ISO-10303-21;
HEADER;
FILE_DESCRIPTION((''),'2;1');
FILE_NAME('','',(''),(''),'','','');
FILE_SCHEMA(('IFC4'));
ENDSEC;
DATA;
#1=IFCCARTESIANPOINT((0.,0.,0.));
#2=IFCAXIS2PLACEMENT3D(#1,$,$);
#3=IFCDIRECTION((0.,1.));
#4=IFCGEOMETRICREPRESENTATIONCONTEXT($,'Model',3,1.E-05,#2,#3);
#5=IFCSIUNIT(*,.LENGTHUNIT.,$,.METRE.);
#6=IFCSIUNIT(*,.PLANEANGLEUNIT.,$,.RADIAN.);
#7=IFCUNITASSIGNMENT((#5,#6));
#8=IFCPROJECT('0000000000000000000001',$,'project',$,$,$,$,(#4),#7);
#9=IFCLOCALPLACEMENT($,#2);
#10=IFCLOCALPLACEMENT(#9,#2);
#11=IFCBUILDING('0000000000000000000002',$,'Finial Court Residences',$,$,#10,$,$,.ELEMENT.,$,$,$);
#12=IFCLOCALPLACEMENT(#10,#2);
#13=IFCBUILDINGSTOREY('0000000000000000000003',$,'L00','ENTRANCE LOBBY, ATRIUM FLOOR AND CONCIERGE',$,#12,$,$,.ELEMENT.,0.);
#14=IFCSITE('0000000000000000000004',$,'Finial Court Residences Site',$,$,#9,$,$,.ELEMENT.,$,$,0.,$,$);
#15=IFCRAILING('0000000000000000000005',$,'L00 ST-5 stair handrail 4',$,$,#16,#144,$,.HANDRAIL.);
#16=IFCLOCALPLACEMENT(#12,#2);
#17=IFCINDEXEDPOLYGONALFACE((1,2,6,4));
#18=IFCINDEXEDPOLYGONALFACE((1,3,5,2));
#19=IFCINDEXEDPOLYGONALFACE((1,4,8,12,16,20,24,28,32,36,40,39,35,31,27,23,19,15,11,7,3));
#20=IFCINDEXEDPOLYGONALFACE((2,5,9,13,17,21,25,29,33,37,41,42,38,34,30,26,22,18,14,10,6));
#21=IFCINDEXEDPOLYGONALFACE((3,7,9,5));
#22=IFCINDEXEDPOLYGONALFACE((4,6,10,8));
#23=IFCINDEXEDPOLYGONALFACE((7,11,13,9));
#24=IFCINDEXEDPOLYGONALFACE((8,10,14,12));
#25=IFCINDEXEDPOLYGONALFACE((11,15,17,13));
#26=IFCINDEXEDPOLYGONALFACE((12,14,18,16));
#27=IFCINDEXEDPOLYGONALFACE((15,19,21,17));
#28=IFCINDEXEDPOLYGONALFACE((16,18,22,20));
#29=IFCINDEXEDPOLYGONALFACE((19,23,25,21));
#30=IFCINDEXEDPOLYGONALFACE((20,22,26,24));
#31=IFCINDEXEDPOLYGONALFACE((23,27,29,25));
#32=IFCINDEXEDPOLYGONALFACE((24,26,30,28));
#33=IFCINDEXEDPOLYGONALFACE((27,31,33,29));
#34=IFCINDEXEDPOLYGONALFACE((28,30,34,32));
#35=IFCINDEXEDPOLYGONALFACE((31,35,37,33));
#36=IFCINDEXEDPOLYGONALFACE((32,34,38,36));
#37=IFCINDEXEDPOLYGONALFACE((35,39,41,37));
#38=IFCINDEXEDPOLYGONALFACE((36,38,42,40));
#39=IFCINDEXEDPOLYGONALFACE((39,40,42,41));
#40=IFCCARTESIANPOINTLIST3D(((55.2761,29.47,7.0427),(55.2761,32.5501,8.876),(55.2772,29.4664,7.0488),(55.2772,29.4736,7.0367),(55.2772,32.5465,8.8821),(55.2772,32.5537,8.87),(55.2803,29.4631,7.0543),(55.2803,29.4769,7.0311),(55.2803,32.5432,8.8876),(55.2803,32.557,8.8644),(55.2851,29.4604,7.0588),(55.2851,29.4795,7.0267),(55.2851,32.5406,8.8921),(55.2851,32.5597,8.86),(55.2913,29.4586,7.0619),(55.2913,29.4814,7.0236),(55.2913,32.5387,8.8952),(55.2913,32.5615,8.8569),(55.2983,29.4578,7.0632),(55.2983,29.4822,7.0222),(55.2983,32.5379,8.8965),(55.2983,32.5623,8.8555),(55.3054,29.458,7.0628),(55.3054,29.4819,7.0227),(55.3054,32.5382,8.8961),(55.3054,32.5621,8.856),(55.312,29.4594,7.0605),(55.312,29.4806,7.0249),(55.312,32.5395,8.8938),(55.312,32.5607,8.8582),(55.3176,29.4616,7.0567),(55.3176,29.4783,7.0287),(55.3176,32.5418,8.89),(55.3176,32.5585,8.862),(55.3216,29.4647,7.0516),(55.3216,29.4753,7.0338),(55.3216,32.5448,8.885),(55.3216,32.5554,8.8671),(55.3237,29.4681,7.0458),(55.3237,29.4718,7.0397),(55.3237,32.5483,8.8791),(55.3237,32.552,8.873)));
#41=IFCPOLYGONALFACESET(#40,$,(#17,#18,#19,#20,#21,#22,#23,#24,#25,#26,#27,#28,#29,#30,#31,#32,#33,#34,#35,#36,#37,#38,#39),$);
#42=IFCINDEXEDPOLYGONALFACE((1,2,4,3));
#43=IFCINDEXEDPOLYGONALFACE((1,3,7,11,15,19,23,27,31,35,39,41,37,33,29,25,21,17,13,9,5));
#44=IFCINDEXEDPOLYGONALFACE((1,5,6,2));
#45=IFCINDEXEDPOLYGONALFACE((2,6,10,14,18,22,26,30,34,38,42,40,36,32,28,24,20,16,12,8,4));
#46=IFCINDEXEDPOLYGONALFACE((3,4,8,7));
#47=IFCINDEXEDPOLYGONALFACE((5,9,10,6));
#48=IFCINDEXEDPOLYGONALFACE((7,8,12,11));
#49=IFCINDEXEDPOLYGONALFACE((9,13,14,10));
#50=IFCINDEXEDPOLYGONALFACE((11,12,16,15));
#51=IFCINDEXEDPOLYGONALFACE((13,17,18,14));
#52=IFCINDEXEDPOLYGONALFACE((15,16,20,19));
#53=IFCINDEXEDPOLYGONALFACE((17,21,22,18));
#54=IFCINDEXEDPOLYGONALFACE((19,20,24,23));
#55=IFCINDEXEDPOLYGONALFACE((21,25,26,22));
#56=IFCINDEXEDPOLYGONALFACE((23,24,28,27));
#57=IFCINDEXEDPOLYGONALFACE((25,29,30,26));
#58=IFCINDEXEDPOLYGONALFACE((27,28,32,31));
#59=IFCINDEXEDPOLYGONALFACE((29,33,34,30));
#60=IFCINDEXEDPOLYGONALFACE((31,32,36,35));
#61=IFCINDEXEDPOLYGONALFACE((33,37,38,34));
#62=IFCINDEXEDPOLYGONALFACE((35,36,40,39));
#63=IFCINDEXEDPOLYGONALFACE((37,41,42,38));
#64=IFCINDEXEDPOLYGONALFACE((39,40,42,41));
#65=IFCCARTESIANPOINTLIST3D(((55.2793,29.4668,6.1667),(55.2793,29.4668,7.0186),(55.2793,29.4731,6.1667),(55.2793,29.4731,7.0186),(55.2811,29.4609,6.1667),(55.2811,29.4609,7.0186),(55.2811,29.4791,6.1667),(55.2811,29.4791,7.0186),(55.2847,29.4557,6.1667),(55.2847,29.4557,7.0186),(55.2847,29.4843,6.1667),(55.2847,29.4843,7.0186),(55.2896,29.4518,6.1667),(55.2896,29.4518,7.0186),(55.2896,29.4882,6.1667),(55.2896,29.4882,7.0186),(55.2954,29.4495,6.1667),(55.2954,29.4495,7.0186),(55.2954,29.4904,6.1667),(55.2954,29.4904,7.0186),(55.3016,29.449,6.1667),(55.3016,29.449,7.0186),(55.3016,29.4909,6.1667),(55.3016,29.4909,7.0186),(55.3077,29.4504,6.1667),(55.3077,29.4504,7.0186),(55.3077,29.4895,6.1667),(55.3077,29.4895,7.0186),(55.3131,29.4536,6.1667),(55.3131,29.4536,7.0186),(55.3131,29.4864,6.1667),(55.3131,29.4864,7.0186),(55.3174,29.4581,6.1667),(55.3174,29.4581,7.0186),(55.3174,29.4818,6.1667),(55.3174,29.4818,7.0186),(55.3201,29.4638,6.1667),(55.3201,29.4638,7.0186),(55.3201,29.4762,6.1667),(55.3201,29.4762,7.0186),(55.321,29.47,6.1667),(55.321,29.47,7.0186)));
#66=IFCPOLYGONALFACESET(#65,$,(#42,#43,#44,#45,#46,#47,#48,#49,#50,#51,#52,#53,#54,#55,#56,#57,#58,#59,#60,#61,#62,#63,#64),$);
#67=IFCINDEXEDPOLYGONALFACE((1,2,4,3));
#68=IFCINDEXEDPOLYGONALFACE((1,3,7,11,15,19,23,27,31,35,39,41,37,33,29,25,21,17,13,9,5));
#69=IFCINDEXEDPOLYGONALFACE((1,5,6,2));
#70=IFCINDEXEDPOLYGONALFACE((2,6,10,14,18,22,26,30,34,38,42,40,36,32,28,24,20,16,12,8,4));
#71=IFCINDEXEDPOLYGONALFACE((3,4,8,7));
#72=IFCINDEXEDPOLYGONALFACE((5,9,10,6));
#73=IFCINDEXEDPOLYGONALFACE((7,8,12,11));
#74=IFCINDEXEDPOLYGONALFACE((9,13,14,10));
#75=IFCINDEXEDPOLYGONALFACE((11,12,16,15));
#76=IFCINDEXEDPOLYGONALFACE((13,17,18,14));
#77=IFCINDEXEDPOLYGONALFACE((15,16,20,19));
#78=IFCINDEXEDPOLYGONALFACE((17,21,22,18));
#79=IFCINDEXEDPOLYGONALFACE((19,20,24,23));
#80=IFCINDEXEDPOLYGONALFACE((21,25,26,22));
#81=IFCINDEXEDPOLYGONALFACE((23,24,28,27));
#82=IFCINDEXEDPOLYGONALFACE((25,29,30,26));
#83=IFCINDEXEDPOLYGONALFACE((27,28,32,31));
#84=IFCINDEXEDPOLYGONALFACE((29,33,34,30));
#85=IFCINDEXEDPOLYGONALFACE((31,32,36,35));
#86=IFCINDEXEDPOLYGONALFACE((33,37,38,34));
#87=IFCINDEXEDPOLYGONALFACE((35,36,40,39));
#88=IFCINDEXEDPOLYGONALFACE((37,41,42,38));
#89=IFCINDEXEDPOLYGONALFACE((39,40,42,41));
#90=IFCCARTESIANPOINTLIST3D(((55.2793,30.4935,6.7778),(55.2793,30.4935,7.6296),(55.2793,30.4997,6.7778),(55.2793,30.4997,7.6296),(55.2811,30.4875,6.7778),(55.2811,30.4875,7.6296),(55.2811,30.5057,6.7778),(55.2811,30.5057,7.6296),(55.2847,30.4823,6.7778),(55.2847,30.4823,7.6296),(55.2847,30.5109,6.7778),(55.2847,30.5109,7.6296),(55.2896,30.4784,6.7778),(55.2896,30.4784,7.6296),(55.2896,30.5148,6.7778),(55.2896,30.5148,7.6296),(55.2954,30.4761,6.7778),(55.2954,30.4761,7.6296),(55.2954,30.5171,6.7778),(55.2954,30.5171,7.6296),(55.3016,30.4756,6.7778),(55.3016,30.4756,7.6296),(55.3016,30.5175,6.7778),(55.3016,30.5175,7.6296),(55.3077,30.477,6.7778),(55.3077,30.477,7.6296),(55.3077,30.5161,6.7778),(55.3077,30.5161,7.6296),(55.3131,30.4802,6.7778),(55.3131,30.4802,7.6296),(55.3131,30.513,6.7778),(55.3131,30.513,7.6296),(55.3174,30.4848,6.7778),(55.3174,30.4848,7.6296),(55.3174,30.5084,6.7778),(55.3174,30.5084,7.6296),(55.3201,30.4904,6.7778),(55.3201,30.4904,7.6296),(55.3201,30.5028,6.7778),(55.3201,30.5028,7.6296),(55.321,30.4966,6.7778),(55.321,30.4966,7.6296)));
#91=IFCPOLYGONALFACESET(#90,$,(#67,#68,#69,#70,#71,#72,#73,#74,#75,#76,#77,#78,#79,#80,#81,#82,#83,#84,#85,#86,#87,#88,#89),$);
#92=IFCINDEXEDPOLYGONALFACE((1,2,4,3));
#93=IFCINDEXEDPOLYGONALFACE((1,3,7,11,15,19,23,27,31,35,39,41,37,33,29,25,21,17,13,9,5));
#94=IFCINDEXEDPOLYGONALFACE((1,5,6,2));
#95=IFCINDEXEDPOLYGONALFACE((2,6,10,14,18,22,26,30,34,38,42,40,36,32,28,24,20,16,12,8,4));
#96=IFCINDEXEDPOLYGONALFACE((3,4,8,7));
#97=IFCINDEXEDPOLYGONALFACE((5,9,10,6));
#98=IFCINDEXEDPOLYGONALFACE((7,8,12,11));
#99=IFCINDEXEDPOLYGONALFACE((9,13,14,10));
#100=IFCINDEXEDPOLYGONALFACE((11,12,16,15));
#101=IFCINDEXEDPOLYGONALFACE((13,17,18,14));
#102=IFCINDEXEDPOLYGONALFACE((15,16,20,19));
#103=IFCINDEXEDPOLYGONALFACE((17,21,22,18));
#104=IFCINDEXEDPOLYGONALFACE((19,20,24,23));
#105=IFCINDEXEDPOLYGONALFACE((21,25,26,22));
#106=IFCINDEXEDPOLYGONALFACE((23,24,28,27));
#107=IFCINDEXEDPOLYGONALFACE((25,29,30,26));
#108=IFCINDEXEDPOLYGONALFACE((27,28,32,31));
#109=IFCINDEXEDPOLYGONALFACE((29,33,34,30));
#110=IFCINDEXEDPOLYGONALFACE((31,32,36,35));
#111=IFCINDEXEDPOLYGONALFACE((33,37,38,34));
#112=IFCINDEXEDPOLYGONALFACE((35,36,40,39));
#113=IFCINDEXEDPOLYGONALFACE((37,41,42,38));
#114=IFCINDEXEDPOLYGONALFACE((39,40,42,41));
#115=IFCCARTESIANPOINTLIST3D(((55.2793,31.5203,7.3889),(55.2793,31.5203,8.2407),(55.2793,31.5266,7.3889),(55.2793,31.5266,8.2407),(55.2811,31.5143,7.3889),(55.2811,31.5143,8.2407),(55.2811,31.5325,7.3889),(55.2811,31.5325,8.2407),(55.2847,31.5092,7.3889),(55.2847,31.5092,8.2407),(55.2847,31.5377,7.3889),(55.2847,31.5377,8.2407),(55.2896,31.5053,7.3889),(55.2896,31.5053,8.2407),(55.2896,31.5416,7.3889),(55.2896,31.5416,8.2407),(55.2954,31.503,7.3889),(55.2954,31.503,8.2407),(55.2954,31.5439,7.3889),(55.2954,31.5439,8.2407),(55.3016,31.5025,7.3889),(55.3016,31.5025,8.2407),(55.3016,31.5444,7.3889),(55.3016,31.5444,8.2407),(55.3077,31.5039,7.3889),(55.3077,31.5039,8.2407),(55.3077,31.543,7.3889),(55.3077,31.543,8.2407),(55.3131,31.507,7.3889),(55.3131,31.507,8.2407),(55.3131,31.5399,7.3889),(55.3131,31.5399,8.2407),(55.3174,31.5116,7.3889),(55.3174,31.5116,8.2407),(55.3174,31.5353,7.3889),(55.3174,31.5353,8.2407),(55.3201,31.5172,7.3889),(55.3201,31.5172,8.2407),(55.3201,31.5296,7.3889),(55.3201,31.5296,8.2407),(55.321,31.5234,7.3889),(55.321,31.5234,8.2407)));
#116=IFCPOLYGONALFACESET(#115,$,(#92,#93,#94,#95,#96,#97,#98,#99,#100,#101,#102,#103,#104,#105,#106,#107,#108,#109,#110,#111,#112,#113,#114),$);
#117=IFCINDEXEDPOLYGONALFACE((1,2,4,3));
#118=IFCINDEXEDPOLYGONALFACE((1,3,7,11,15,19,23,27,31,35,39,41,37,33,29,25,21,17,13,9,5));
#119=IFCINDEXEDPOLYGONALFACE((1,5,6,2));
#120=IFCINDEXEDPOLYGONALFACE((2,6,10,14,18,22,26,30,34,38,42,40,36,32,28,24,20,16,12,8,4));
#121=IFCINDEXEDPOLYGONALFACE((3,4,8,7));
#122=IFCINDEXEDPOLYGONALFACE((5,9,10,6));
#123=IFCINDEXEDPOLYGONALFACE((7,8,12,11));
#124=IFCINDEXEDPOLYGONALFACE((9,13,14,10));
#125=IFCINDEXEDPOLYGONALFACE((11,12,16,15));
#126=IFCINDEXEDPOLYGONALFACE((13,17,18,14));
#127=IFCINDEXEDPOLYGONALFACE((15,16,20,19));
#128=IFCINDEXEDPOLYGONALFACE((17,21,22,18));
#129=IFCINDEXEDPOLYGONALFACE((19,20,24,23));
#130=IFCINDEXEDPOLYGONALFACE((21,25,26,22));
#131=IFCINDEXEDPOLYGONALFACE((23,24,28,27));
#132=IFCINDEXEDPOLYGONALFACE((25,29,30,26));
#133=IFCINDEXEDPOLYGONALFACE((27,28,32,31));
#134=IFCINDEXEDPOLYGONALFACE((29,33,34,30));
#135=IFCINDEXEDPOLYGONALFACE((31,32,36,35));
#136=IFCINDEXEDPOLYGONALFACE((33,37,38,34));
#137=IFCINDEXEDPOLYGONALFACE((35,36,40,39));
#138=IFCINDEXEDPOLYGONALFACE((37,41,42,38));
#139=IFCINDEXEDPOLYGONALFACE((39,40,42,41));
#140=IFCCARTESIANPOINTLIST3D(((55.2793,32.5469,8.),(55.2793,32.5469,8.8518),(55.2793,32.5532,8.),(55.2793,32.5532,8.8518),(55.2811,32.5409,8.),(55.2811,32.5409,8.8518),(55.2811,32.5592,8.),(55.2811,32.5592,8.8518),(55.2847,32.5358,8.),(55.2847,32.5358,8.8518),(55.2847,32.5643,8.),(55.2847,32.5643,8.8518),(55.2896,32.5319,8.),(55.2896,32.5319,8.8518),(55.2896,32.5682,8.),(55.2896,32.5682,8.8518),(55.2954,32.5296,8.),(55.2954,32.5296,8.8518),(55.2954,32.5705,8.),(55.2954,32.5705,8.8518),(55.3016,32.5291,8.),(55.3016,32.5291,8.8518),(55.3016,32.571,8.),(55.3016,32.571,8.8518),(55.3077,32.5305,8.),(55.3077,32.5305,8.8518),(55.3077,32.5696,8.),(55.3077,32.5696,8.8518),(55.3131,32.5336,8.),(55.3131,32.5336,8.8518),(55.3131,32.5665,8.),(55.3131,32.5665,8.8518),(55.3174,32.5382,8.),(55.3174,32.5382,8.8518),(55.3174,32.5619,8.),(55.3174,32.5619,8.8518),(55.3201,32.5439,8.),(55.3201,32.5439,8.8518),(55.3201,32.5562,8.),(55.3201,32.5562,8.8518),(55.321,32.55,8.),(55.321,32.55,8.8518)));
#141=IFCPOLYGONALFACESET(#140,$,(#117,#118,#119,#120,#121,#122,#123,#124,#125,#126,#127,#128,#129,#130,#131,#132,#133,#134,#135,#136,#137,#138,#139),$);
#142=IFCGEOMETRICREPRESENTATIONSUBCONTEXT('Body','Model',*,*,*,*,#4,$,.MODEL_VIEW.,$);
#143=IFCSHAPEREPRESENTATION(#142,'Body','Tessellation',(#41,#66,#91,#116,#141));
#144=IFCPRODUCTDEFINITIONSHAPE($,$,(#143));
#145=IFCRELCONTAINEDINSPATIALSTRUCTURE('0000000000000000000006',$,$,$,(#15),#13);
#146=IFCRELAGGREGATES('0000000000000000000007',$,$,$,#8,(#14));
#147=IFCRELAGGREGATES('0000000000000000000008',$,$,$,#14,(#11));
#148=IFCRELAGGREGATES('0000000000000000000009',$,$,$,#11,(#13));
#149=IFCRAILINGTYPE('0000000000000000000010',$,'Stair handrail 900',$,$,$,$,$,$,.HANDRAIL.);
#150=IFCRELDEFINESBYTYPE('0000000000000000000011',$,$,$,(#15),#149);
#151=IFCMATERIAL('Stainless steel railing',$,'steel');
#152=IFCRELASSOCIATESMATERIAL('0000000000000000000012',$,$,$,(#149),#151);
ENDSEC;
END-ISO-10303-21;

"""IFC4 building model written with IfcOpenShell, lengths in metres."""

from ifc_helpers import new_model, si_unit, direction, frame, origin, origin_2d, place, context, subcontext, project, spatial, circle, extrude, material, type_object, element, save


model = new_model("IFC4")

# Units and contexts
model_context = context("Model", 3, precision=1e-05, world=origin(), true_north=direction((0.0, 1.0)))
body_context = subcontext(model_context, "Body", "Model", "MODEL_VIEW")
ifc_project = project(units=[si_unit("LENGTHUNIT", "METRE"), si_unit("PLANEANGLEUNIT", "RADIAN")], contexts=[model_context])

# Site, building, storey
site_placement = place(None, origin())
site = spatial("IfcSite", under=ifc_project, at=site_placement, Name="Finial Court Residences Site", CompositionType="ELEMENT", RefElevation=0.0)
building_placement = place(site_placement, origin())
building = spatial("IfcBuilding", under=site, at=building_placement, Name="Finial Court Residences", CompositionType="ELEMENT")
storey_placement = place(building_placement, origin())
storey = spatial("IfcBuildingStorey", under=building, at=storey_placement, Name="L00", Description="ENTRANCE LOBBY, ATRIUM FLOOR AND CONCIERGE", CompositionType="ELEMENT", Elevation=0.0)

# Railing
ifc_material_1 = material(Name="Stainless steel railing", Category="steel")
railing_type = type_object("IfcRailingType", Name="Stair handrail 900", PredefinedType="HANDRAIL", material=ifc_material_1)
for number, where, name in (
    (1, (55.3, 29.47, 6.1667), "L00 ST-5 stair handrail 4"),
):
    element("IfcRailing", number, at=place(storey_placement, frame(where)), inside=storey, type_object=railing_type, Name=name, PredefinedType="HANDRAIL", context=body_context, shape_type="SweptSolid", body=[
        extrude(circle(Radius=0.0239, at=origin_2d()), frame((0.0, 0.0, 0.876), z_axis=(0.0, 0.859309, 0.511458), x_axis=(-1.0, 0.0, 0.0)), (0.0, 0.0, 1.0), 3.5845),
        extrude(circle(Radius=0.021, at=origin_2d()), origin(), (0.0, 0.0, 1.0), 0.8518),
        extrude(circle(Radius=0.021, at=origin_2d()), frame((0.0, 1.0266, 0.6111)), (0.0, 0.0, 1.0), 0.8518),
        extrude(circle(Radius=0.021, at=origin_2d()), frame((0.0, 2.0535, 1.2222)), (0.0, 0.0, 1.0), 0.8518),
        extrude(circle(Radius=0.021, at=origin_2d()), frame((0.0, 3.0801, 1.8333)), (0.0, 0.0, 1.0), 0.8518),
    ])

save(model, "model.ifc")
